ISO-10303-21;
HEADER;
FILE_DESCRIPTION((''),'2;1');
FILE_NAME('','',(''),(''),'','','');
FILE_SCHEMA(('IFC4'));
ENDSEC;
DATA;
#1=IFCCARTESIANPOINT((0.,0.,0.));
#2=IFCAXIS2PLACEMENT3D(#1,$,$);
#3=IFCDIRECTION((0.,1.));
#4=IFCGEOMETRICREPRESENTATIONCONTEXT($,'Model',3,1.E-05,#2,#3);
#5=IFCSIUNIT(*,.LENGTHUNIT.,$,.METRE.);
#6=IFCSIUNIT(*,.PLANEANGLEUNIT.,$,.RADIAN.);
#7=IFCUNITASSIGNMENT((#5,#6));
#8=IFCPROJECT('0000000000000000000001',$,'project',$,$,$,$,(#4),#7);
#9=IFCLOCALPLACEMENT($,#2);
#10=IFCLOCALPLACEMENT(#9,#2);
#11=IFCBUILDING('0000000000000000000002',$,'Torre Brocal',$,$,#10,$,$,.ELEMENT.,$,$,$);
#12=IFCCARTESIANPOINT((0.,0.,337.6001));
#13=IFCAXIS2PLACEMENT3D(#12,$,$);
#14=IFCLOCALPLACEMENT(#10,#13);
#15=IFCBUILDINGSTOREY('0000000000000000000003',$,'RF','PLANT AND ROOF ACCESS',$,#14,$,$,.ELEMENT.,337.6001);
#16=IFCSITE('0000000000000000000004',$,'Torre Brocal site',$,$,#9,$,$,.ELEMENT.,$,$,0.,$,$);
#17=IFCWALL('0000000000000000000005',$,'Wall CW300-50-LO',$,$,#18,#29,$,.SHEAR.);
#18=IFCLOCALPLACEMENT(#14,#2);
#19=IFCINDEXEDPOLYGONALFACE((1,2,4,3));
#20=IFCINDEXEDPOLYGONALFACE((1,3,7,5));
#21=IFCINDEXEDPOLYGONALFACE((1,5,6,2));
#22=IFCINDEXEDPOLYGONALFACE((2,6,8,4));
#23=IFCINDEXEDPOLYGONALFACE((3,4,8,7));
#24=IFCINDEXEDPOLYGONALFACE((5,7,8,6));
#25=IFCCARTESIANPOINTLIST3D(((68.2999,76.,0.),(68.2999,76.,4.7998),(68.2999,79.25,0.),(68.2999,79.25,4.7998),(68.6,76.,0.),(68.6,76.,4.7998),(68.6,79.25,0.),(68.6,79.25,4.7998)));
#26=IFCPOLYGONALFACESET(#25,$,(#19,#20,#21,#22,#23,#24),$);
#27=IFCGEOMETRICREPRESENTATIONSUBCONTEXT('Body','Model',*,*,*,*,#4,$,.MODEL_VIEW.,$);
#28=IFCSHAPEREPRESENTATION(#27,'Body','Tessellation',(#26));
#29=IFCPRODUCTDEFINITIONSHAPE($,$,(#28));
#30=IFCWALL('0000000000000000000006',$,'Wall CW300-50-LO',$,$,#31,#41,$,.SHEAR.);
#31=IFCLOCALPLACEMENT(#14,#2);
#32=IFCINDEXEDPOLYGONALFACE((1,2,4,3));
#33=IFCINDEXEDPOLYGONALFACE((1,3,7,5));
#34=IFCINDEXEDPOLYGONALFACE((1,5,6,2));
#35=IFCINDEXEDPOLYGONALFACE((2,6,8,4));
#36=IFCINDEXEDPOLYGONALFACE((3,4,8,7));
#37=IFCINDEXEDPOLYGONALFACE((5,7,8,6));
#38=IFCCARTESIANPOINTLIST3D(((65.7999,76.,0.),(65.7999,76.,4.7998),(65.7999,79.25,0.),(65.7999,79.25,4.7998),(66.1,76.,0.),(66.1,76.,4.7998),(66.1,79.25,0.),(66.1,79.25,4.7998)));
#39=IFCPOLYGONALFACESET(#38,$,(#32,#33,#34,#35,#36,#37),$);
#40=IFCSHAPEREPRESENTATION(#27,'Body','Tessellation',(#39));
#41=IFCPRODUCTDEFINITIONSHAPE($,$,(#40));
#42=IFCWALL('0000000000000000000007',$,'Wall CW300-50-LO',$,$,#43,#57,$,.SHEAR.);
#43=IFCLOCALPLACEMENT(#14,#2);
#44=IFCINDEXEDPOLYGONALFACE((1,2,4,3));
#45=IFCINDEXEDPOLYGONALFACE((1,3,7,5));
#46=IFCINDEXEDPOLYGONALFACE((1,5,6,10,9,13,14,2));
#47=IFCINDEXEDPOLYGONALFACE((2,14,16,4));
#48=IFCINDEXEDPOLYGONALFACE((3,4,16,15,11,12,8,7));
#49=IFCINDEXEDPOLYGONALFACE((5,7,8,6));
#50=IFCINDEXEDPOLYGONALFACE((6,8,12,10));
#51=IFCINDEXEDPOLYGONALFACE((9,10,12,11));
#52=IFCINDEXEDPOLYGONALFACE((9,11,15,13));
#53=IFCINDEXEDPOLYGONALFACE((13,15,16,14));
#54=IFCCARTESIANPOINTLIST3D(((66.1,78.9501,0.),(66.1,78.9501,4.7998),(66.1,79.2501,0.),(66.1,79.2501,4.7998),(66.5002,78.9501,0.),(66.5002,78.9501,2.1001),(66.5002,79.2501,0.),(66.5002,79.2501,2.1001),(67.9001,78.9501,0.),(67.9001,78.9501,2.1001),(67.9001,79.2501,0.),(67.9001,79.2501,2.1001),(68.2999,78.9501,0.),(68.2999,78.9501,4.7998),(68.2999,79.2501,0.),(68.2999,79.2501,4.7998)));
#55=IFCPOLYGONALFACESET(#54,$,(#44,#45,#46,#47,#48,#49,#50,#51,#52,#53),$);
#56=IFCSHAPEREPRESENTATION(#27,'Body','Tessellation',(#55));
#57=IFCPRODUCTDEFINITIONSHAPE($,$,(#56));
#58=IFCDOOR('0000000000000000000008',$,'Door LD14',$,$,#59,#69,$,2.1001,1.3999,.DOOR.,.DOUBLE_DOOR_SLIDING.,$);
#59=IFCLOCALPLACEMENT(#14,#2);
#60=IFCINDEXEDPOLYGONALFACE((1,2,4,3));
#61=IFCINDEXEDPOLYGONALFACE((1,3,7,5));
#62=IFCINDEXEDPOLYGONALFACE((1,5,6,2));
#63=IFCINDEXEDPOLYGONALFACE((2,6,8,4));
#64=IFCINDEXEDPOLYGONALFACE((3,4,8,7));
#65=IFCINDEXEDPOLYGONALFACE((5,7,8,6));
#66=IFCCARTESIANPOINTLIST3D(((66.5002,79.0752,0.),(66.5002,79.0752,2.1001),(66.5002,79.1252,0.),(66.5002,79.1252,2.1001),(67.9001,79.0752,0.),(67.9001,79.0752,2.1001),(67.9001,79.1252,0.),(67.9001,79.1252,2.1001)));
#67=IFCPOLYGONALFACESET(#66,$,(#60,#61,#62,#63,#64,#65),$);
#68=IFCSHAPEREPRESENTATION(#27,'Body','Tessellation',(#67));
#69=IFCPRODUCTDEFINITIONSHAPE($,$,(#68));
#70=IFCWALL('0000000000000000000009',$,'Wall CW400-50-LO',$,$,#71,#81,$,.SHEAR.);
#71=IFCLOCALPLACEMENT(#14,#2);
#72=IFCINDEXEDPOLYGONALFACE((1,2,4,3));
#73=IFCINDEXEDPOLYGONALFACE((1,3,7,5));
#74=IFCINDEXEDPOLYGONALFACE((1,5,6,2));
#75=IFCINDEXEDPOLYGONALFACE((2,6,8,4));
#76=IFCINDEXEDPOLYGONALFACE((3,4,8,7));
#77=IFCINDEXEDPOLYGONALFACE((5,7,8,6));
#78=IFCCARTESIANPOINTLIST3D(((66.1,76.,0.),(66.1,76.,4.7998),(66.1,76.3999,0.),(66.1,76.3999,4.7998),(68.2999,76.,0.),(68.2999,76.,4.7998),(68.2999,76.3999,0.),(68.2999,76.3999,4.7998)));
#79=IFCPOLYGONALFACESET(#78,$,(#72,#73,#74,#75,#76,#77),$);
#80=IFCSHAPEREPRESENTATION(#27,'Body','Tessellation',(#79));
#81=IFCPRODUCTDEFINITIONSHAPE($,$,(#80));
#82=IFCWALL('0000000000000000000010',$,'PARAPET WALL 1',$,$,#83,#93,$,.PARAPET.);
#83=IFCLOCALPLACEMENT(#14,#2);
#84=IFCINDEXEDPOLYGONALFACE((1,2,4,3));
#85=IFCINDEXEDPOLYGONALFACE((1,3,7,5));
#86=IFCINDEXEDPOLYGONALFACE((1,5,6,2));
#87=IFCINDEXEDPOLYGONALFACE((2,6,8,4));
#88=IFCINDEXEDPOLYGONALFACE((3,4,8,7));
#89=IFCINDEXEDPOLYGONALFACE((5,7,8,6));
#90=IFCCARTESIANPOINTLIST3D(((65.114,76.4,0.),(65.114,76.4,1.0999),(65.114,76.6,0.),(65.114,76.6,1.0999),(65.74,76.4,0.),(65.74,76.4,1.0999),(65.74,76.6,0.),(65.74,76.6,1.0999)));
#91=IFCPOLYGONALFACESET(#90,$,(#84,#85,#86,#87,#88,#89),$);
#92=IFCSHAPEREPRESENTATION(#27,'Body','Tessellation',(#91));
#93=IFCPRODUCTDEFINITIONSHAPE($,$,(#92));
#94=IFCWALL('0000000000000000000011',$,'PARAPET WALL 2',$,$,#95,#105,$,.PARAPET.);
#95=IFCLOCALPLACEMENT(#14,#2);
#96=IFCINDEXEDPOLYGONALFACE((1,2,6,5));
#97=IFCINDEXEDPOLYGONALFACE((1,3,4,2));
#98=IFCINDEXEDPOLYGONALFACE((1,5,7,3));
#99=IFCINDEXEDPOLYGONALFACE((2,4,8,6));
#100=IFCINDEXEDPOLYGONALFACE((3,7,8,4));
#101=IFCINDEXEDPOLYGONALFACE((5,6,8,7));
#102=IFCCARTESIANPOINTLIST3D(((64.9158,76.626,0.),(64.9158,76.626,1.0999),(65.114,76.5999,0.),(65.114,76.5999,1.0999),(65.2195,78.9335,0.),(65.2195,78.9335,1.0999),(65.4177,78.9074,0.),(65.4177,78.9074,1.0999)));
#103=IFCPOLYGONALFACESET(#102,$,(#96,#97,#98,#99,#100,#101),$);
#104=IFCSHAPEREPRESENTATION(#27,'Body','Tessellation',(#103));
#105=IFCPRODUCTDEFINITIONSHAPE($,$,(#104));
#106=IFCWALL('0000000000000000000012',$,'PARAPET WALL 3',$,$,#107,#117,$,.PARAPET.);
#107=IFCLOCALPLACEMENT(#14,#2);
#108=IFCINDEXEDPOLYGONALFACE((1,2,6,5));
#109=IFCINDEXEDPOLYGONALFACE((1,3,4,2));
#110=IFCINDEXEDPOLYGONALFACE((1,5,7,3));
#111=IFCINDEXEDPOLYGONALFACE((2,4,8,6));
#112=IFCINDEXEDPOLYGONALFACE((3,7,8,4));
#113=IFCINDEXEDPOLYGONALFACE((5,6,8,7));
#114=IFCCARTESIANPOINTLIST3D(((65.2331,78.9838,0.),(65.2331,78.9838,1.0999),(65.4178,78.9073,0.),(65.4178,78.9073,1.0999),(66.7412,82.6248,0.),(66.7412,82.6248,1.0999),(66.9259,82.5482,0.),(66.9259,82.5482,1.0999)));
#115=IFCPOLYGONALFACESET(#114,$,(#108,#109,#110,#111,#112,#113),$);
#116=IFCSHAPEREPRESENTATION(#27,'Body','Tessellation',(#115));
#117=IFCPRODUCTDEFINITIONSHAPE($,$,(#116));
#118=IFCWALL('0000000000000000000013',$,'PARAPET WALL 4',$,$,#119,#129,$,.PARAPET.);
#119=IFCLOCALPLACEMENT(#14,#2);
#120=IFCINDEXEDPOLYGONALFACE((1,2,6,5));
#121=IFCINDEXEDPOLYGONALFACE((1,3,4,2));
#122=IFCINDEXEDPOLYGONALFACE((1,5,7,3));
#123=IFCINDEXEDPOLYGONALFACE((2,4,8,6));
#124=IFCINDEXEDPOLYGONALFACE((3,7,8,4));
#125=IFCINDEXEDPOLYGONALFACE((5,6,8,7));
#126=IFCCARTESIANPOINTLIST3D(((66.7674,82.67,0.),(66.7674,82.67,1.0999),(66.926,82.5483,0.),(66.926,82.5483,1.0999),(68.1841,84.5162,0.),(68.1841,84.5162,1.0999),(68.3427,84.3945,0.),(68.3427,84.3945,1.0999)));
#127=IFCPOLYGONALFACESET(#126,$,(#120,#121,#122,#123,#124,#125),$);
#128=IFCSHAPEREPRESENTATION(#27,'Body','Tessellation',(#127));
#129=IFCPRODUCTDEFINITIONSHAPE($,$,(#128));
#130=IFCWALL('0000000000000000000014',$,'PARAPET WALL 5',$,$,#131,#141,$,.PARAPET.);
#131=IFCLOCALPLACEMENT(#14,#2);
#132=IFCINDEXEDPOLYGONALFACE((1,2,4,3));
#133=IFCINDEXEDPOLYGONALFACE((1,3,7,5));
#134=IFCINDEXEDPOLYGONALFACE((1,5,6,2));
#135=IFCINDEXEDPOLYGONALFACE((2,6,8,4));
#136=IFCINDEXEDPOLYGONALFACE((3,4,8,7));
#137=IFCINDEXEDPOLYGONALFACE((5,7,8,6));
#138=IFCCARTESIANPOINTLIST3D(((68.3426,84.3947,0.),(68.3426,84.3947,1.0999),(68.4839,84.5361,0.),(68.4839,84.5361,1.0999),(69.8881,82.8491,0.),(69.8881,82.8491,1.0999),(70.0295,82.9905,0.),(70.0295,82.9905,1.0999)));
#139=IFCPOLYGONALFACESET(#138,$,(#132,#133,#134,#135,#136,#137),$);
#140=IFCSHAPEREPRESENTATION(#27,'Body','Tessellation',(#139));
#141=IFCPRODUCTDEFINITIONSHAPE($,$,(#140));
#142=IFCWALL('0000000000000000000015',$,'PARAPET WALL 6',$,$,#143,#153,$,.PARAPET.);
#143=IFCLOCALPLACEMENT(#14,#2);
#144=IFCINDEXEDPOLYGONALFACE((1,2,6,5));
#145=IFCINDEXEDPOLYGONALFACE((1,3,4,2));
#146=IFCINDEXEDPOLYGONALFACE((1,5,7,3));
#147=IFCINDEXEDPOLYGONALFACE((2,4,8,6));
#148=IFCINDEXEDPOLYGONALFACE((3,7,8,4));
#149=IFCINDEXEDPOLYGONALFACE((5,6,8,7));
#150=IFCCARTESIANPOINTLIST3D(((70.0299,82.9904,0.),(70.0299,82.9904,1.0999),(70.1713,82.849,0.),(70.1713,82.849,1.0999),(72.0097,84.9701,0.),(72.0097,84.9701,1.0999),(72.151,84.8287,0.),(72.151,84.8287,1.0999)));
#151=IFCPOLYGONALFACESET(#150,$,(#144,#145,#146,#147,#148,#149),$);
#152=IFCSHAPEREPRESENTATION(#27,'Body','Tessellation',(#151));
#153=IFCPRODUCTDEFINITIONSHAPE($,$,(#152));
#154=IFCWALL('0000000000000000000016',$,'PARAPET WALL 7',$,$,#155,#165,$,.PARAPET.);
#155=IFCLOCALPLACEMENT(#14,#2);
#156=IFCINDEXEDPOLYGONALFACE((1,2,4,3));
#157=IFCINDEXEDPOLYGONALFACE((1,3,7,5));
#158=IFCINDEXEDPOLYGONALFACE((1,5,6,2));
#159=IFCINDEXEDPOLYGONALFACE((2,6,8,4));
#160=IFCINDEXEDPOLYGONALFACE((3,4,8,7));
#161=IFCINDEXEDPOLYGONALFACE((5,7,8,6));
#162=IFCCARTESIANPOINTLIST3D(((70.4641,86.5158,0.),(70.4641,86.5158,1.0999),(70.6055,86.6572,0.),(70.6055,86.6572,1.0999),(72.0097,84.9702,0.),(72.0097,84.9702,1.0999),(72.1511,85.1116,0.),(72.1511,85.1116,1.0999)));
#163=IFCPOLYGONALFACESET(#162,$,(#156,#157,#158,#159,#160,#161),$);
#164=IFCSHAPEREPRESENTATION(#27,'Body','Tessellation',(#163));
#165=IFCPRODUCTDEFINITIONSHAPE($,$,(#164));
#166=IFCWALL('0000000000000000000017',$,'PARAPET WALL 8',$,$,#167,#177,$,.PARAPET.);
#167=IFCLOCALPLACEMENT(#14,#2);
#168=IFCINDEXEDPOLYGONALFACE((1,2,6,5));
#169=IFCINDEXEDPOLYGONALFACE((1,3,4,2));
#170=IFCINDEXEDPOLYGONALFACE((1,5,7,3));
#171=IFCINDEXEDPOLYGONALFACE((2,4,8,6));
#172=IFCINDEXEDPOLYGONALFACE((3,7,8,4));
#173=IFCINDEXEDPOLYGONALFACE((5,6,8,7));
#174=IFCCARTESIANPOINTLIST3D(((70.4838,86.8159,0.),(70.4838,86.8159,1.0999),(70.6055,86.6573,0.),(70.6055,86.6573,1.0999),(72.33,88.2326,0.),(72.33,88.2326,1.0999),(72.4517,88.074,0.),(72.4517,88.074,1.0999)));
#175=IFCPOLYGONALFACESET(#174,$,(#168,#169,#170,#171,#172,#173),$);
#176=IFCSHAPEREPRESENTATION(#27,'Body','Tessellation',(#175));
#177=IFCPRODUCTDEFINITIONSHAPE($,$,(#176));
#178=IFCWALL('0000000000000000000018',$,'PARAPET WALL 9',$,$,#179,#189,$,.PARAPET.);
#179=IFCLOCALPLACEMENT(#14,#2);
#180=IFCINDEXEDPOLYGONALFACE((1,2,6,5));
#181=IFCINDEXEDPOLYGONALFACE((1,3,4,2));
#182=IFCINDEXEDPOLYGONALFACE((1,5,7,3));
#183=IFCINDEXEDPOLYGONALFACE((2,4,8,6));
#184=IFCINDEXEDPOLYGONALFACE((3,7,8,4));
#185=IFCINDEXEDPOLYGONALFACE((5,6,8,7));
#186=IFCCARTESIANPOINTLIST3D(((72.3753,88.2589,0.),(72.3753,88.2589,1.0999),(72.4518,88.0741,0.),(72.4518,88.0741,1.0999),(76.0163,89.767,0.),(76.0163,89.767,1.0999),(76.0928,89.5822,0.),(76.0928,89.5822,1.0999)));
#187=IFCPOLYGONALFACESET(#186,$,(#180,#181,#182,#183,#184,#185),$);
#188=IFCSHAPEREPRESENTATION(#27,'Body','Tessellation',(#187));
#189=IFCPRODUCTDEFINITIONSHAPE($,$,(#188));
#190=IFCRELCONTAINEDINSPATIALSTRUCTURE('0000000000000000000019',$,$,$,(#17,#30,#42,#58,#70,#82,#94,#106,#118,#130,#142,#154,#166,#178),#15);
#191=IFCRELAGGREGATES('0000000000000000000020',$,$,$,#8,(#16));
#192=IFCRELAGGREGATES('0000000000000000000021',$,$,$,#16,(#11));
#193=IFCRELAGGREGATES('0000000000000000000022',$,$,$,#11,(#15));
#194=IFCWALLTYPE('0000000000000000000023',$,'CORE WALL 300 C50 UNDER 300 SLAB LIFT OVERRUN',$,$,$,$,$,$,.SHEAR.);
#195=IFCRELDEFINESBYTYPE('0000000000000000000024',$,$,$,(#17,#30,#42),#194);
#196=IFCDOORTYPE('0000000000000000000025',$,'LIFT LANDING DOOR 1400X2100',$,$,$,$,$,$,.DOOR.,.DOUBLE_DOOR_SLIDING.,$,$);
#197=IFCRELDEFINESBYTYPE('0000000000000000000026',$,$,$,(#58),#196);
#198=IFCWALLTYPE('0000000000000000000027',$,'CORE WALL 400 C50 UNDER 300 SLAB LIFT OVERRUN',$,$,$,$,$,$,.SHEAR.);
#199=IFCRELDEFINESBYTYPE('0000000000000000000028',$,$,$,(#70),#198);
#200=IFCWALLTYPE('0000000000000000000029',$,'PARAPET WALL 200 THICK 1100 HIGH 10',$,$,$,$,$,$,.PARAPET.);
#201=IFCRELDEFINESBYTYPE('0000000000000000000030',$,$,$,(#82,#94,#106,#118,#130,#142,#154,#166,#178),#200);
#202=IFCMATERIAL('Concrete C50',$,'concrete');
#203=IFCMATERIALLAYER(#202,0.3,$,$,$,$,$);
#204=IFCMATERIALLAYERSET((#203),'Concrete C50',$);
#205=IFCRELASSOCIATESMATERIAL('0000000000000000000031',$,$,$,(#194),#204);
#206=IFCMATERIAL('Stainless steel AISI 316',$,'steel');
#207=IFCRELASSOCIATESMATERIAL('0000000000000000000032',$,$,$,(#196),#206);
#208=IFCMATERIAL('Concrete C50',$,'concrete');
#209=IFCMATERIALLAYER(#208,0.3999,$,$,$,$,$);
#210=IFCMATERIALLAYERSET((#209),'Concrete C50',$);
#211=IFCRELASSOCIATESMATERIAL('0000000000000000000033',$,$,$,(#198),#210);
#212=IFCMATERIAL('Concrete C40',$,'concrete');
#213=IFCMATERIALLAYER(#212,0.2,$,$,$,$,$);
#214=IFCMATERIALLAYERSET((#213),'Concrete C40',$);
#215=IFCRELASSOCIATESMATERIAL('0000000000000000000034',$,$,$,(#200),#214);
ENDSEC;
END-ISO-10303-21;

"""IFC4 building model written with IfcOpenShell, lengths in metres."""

from ifc_helpers import new_model, si_unit, direction, frame, frame_2d, origin, place, context, subcontext, project, spatial, rectangle, extrude, material, layer, layer_set, type_object, element, fill, save


model = new_model("IFC4")

# Units and contexts
model_context = context("Model", 3, precision=1e-05, world=origin(), true_north=direction((0.0, 1.0)))
body_context = subcontext(model_context, "Body", "Model", "MODEL_VIEW")
ifc_project = project(units=[si_unit("LENGTHUNIT", "METRE"), si_unit("PLANEANGLEUNIT", "RADIAN")], contexts=[model_context])

# Site, building, storey
site_placement = place(None, origin())
site = spatial("IfcSite", under=ifc_project, at=site_placement, Name="Torre Brocal site", CompositionType="ELEMENT", RefElevation=0.0)
building_placement = place(site_placement, origin())
building = spatial("IfcBuilding", under=site, at=building_placement, Name="Torre Brocal", CompositionType="ELEMENT")
storey_placement = place(building_placement, frame((0.0, 0.0, 337.6001)))
storey = spatial("IfcBuildingStorey", under=building, at=storey_placement, Name="RF", Description="PLANT AND ROOF ACCESS", CompositionType="ELEMENT", Elevation=337.6001)

# Walls
ifc_material_1 = material(Name="Concrete C50", Category="concrete")
ifc_layer_1 = layer(ifc_material_1, 0.3)
ifc_layer_set_1 = layer_set([ifc_layer_1], Name="Concrete C50")
wall_type_1 = type_object("IfcWallType", Name="CORE WALL 300 C50 UNDER 300 SLAB LIFT OVERRUN", PredefinedType="SHEAR", material=ifc_layer_set_1)
for number, where, z_axis, x_axis, name in (
    (1, (68.45, 79.25, 0.0), (0.0, 0.0, 1.0), (0.0, -1.0, 0.0), "Wall CW300-50-LO"),
    (2, (65.95, 79.25, 0.0), (0.0, 0.0, 1.0), (0.0, -1.0, 0.0), "Wall CW300-50-LO"),
):
    element("IfcWall", number, at=place(storey_placement, frame(where, z_axis=z_axis, x_axis=x_axis)), inside=storey, type_object=wall_type_1, Name=name, PredefinedType="SHEAR", context=body_context, shape_type="SweptSolid", body=[
        extrude(rectangle(XDim=3.25, YDim=0.3, at=frame_2d((1.625, 0.0))), origin(), (0.0, 0.0, 1.0), 4.7998),
    ])

# Wall, opening, door
wall_1_placement = place(storey_placement, frame((68.3, 79.1001, 0.0), z_axis=(0.0, 0.0, 1.0), x_axis=(-1.0, 0.0, 0.0)))
wall_1 = element("IfcWall", 3, at=wall_1_placement, inside=storey, type_object=wall_type_1, Name="Wall CW300-50-LO", PredefinedType="SHEAR", context=body_context, shape_type="SweptSolid", body=[
    extrude(rectangle(XDim=2.2, YDim=0.3, at=frame_2d((1.1001, 0.0))), origin(), (0.0, 0.0, 1.0), 4.7998),
])
opening_placement = place(wall_1_placement, frame((0.3999, 0.0, 0.0)))
opening = element("IfcOpeningElement", 4, at=opening_placement, cuts=wall_1, PredefinedType="OPENING", context=body_context, shape_type="SweptSolid", body=[
    extrude(rectangle(XDim=1.3999, YDim=2.1001, at=frame_2d((0.7, 1.05))), frame((0.0, 0.1599, 0.0), z_axis=(0.0, -1.0, 0.0), x_axis=(1.0, 0.0, 0.0)), (0.0, 0.0, 1.0), 0.3201),
])
ifc_material_2 = material(Name="Stainless steel AISI 316", Category="steel")
door_type = type_object("IfcDoorType", Name="LIFT LANDING DOOR 1400X2100", OperationType="DOUBLE_DOOR_SLIDING", PredefinedType="DOOR", material=ifc_material_2)
door_placement = place(opening_placement, origin())
door = element("IfcDoor", 5, at=door_placement, inside=storey, type_object=door_type, Name="Door LD14", OperationType="DOUBLE_DOOR_SLIDING", OverallHeight=2.1001, OverallWidth=1.3999, PredefinedType="DOOR", context=body_context, shape_type="SweptSolid", body=[
    extrude(rectangle(XDim=1.3999, YDim=2.1001, at=frame_2d((0.7, 1.05))), frame((0.0, 0.0249, 0.0), z_axis=(0.0, -1.0, 0.0), x_axis=(1.0, 0.0, 0.0)), (0.0, 0.0, 1.0), 0.05),
])
fill(opening, door)

# Walls
ifc_material_3 = material(Name="Concrete C50", Category="concrete")
ifc_layer_2 = layer(ifc_material_3, 0.3999)
ifc_layer_set_2 = layer_set([ifc_layer_2], Name="Concrete C50")
wall_type_2 = type_object("IfcWallType", Name="CORE WALL 400 C50 UNDER 300 SLAB LIFT OVERRUN", PredefinedType="SHEAR", material=ifc_layer_set_2)
wall_2_placement = place(storey_placement, frame((68.3, 76.2, 0.0), z_axis=(0.0, 0.0, 1.0), x_axis=(-1.0, 0.0, 0.0)))
element("IfcWall", 6, at=wall_2_placement, inside=storey, type_object=wall_type_2, Name="Wall CW400-50-LO", PredefinedType="SHEAR", context=body_context, shape_type="SweptSolid", body=[
    extrude(rectangle(XDim=2.2, YDim=0.3999, at=frame_2d((1.1001, 0.0))), origin(), (0.0, 0.0, 1.0), 4.7998),
])
ifc_material_4 = material(Name="Concrete C40", Category="concrete")
ifc_layer_3 = layer(ifc_material_4, 0.2)
ifc_layer_set_3 = layer_set([ifc_layer_3], Name="Concrete C40")
wall_type_3 = type_object("IfcWallType", Name="PARAPET WALL 200 THICK 1100 HIGH 10", PredefinedType="PARAPET", material=ifc_layer_set_3)
wall_3_placement = place(storey_placement, frame((65.74, 76.5, 0.0), z_axis=(0.0, 0.0, 1.0), x_axis=(-1.0, 0.0, 0.0)))
element("IfcWall", 7, at=wall_3_placement, inside=storey, type_object=wall_type_3, Name="PARAPET WALL 1", PredefinedType="PARAPET", context=body_context, shape_type="SweptSolid", body=[
    extrude(rectangle(XDim=0.626, YDim=0.2, at=frame_2d((0.313, 0.0))), origin(), (0.0, 0.0, 1.0), 1.0999),
])
wall_4_placement = place(storey_placement, frame((65.0149, 76.613, 0.0), z_axis=(0.0, 0.0, 1.0), x_axis=(0.130501, 0.991448, 0.0)))
element("IfcWall", 8, at=wall_4_placement, inside=storey, type_object=wall_type_3, Name="PARAPET WALL 2", PredefinedType="PARAPET", context=body_context, shape_type="SweptSolid", body=[
    extrude(rectangle(XDim=2.3274, YDim=0.2, at=frame_2d((1.1636, 0.0))), origin(), (0.0, 0.0, 1.0), 1.0999),
])
wall_5_placement = place(storey_placement, frame((65.3254, 78.9456, 0.0), z_axis=(0.0, 0.0, 1.0), x_axis=(0.382675, 0.923883, 0.0)))
element("IfcWall", 9, at=wall_5_placement, inside=storey, type_object=wall_type_3, Name="PARAPET WALL 3", PredefinedType="PARAPET", context=body_context, shape_type="SweptSolid", body=[
    extrude(rectangle(XDim=3.9409, YDim=0.2, at=frame_2d((1.9705, 0.0))), origin(), (0.0, 0.0, 1.0), 1.0999),
])
wall_6_placement = place(storey_placement, frame((66.8467, 82.6091, 0.0), z_axis=(0.0, 0.0, 1.0), x_axis=(0.608793, 0.793329, 0.0)))
element("IfcWall", 10, at=wall_6_placement, inside=storey, type_object=wall_type_3, Name="PARAPET WALL 4", PredefinedType="PARAPET", context=body_context, shape_type="SweptSolid", body=[
    extrude(rectangle(XDim=2.3271, YDim=0.2, at=frame_2d((1.1636, 0.0))), origin(), (0.0, 0.0, 1.0), 1.0999),
])
wall_7_placement = place(storey_placement, frame((68.4133, 84.4653, 0.0), z_axis=(0.0, 0.0, 1.0), x_axis=(0.707107, -0.707107, 0.0)))
element("IfcWall", 11, at=wall_7_placement, inside=storey, type_object=wall_type_3, Name="PARAPET WALL 5", PredefinedType="PARAPET", context=body_context, shape_type="SweptSolid", body=[
    extrude(rectangle(XDim=2.1858, YDim=0.2, at=frame_2d((1.0928, 0.0))), origin(), (0.0, 0.0, 1.0), 1.0999),
])
wall_8_placement = place(storey_placement, frame((70.1006, 82.9197, 0.0), z_axis=(0.0, 0.0, 1.0), x_axis=(0.707107, 0.707107, 0.0)))
element("IfcWall", 12, at=wall_8_placement, inside=storey, type_object=wall_type_3, Name="PARAPET WALL 6", PredefinedType="PARAPET", context=body_context, shape_type="SweptSolid", body=[
    extrude(rectangle(XDim=2.7998, YDim=0.2, at=frame_2d((1.3999, 0.0))), origin(), (0.0, 0.0, 1.0), 1.0999),
])
wall_9_placement = place(storey_placement, frame((72.0803, 85.041, 0.0), z_axis=(0.0, 0.0, 1.0), x_axis=(-0.707107, 0.707107, 0.0)))
element("IfcWall", 13, at=wall_9_placement, inside=storey, type_object=wall_type_3, Name="PARAPET WALL 7", PredefinedType="PARAPET", context=body_context, shape_type="SweptSolid", body=[
    extrude(rectangle(XDim=2.1858, YDim=0.2, at=frame_2d((1.0928, 0.0))), origin(), (0.0, 0.0, 1.0), 1.0999),
])
wall_10_placement = place(storey_placement, frame((70.5447, 86.7366, 0.0), z_axis=(0.0, 0.0, 1.0), x_axis=(0.793329, 0.608793, 0.0)))
element("IfcWall", 14, at=wall_10_placement, inside=storey, type_object=wall_type_3, Name="PARAPET WALL 8", PredefinedType="PARAPET", context=body_context, shape_type="SweptSolid", body=[
    extrude(rectangle(XDim=2.3271, YDim=0.2, at=frame_2d((1.1636, 0.0))), origin(), (0.0, 0.0, 1.0), 1.0999),
])
wall_11_placement = place(storey_placement, frame((72.4136, 88.1665, 0.0), z_axis=(0.0, 0.0, 1.0), x_axis=(0.923883, 0.382675, 0.0)))
element("IfcWall", 15, at=wall_11_placement, inside=storey, type_object=wall_type_3, Name="PARAPET WALL 9", PredefinedType="PARAPET", context=body_context, shape_type="SweptSolid", body=[
    extrude(rectangle(XDim=3.9409, YDim=0.2, at=frame_2d((1.9705, 0.0))), origin(), (0.0, 0.0, 1.0), 1.0999),
])

save(model, "model.ifc")
